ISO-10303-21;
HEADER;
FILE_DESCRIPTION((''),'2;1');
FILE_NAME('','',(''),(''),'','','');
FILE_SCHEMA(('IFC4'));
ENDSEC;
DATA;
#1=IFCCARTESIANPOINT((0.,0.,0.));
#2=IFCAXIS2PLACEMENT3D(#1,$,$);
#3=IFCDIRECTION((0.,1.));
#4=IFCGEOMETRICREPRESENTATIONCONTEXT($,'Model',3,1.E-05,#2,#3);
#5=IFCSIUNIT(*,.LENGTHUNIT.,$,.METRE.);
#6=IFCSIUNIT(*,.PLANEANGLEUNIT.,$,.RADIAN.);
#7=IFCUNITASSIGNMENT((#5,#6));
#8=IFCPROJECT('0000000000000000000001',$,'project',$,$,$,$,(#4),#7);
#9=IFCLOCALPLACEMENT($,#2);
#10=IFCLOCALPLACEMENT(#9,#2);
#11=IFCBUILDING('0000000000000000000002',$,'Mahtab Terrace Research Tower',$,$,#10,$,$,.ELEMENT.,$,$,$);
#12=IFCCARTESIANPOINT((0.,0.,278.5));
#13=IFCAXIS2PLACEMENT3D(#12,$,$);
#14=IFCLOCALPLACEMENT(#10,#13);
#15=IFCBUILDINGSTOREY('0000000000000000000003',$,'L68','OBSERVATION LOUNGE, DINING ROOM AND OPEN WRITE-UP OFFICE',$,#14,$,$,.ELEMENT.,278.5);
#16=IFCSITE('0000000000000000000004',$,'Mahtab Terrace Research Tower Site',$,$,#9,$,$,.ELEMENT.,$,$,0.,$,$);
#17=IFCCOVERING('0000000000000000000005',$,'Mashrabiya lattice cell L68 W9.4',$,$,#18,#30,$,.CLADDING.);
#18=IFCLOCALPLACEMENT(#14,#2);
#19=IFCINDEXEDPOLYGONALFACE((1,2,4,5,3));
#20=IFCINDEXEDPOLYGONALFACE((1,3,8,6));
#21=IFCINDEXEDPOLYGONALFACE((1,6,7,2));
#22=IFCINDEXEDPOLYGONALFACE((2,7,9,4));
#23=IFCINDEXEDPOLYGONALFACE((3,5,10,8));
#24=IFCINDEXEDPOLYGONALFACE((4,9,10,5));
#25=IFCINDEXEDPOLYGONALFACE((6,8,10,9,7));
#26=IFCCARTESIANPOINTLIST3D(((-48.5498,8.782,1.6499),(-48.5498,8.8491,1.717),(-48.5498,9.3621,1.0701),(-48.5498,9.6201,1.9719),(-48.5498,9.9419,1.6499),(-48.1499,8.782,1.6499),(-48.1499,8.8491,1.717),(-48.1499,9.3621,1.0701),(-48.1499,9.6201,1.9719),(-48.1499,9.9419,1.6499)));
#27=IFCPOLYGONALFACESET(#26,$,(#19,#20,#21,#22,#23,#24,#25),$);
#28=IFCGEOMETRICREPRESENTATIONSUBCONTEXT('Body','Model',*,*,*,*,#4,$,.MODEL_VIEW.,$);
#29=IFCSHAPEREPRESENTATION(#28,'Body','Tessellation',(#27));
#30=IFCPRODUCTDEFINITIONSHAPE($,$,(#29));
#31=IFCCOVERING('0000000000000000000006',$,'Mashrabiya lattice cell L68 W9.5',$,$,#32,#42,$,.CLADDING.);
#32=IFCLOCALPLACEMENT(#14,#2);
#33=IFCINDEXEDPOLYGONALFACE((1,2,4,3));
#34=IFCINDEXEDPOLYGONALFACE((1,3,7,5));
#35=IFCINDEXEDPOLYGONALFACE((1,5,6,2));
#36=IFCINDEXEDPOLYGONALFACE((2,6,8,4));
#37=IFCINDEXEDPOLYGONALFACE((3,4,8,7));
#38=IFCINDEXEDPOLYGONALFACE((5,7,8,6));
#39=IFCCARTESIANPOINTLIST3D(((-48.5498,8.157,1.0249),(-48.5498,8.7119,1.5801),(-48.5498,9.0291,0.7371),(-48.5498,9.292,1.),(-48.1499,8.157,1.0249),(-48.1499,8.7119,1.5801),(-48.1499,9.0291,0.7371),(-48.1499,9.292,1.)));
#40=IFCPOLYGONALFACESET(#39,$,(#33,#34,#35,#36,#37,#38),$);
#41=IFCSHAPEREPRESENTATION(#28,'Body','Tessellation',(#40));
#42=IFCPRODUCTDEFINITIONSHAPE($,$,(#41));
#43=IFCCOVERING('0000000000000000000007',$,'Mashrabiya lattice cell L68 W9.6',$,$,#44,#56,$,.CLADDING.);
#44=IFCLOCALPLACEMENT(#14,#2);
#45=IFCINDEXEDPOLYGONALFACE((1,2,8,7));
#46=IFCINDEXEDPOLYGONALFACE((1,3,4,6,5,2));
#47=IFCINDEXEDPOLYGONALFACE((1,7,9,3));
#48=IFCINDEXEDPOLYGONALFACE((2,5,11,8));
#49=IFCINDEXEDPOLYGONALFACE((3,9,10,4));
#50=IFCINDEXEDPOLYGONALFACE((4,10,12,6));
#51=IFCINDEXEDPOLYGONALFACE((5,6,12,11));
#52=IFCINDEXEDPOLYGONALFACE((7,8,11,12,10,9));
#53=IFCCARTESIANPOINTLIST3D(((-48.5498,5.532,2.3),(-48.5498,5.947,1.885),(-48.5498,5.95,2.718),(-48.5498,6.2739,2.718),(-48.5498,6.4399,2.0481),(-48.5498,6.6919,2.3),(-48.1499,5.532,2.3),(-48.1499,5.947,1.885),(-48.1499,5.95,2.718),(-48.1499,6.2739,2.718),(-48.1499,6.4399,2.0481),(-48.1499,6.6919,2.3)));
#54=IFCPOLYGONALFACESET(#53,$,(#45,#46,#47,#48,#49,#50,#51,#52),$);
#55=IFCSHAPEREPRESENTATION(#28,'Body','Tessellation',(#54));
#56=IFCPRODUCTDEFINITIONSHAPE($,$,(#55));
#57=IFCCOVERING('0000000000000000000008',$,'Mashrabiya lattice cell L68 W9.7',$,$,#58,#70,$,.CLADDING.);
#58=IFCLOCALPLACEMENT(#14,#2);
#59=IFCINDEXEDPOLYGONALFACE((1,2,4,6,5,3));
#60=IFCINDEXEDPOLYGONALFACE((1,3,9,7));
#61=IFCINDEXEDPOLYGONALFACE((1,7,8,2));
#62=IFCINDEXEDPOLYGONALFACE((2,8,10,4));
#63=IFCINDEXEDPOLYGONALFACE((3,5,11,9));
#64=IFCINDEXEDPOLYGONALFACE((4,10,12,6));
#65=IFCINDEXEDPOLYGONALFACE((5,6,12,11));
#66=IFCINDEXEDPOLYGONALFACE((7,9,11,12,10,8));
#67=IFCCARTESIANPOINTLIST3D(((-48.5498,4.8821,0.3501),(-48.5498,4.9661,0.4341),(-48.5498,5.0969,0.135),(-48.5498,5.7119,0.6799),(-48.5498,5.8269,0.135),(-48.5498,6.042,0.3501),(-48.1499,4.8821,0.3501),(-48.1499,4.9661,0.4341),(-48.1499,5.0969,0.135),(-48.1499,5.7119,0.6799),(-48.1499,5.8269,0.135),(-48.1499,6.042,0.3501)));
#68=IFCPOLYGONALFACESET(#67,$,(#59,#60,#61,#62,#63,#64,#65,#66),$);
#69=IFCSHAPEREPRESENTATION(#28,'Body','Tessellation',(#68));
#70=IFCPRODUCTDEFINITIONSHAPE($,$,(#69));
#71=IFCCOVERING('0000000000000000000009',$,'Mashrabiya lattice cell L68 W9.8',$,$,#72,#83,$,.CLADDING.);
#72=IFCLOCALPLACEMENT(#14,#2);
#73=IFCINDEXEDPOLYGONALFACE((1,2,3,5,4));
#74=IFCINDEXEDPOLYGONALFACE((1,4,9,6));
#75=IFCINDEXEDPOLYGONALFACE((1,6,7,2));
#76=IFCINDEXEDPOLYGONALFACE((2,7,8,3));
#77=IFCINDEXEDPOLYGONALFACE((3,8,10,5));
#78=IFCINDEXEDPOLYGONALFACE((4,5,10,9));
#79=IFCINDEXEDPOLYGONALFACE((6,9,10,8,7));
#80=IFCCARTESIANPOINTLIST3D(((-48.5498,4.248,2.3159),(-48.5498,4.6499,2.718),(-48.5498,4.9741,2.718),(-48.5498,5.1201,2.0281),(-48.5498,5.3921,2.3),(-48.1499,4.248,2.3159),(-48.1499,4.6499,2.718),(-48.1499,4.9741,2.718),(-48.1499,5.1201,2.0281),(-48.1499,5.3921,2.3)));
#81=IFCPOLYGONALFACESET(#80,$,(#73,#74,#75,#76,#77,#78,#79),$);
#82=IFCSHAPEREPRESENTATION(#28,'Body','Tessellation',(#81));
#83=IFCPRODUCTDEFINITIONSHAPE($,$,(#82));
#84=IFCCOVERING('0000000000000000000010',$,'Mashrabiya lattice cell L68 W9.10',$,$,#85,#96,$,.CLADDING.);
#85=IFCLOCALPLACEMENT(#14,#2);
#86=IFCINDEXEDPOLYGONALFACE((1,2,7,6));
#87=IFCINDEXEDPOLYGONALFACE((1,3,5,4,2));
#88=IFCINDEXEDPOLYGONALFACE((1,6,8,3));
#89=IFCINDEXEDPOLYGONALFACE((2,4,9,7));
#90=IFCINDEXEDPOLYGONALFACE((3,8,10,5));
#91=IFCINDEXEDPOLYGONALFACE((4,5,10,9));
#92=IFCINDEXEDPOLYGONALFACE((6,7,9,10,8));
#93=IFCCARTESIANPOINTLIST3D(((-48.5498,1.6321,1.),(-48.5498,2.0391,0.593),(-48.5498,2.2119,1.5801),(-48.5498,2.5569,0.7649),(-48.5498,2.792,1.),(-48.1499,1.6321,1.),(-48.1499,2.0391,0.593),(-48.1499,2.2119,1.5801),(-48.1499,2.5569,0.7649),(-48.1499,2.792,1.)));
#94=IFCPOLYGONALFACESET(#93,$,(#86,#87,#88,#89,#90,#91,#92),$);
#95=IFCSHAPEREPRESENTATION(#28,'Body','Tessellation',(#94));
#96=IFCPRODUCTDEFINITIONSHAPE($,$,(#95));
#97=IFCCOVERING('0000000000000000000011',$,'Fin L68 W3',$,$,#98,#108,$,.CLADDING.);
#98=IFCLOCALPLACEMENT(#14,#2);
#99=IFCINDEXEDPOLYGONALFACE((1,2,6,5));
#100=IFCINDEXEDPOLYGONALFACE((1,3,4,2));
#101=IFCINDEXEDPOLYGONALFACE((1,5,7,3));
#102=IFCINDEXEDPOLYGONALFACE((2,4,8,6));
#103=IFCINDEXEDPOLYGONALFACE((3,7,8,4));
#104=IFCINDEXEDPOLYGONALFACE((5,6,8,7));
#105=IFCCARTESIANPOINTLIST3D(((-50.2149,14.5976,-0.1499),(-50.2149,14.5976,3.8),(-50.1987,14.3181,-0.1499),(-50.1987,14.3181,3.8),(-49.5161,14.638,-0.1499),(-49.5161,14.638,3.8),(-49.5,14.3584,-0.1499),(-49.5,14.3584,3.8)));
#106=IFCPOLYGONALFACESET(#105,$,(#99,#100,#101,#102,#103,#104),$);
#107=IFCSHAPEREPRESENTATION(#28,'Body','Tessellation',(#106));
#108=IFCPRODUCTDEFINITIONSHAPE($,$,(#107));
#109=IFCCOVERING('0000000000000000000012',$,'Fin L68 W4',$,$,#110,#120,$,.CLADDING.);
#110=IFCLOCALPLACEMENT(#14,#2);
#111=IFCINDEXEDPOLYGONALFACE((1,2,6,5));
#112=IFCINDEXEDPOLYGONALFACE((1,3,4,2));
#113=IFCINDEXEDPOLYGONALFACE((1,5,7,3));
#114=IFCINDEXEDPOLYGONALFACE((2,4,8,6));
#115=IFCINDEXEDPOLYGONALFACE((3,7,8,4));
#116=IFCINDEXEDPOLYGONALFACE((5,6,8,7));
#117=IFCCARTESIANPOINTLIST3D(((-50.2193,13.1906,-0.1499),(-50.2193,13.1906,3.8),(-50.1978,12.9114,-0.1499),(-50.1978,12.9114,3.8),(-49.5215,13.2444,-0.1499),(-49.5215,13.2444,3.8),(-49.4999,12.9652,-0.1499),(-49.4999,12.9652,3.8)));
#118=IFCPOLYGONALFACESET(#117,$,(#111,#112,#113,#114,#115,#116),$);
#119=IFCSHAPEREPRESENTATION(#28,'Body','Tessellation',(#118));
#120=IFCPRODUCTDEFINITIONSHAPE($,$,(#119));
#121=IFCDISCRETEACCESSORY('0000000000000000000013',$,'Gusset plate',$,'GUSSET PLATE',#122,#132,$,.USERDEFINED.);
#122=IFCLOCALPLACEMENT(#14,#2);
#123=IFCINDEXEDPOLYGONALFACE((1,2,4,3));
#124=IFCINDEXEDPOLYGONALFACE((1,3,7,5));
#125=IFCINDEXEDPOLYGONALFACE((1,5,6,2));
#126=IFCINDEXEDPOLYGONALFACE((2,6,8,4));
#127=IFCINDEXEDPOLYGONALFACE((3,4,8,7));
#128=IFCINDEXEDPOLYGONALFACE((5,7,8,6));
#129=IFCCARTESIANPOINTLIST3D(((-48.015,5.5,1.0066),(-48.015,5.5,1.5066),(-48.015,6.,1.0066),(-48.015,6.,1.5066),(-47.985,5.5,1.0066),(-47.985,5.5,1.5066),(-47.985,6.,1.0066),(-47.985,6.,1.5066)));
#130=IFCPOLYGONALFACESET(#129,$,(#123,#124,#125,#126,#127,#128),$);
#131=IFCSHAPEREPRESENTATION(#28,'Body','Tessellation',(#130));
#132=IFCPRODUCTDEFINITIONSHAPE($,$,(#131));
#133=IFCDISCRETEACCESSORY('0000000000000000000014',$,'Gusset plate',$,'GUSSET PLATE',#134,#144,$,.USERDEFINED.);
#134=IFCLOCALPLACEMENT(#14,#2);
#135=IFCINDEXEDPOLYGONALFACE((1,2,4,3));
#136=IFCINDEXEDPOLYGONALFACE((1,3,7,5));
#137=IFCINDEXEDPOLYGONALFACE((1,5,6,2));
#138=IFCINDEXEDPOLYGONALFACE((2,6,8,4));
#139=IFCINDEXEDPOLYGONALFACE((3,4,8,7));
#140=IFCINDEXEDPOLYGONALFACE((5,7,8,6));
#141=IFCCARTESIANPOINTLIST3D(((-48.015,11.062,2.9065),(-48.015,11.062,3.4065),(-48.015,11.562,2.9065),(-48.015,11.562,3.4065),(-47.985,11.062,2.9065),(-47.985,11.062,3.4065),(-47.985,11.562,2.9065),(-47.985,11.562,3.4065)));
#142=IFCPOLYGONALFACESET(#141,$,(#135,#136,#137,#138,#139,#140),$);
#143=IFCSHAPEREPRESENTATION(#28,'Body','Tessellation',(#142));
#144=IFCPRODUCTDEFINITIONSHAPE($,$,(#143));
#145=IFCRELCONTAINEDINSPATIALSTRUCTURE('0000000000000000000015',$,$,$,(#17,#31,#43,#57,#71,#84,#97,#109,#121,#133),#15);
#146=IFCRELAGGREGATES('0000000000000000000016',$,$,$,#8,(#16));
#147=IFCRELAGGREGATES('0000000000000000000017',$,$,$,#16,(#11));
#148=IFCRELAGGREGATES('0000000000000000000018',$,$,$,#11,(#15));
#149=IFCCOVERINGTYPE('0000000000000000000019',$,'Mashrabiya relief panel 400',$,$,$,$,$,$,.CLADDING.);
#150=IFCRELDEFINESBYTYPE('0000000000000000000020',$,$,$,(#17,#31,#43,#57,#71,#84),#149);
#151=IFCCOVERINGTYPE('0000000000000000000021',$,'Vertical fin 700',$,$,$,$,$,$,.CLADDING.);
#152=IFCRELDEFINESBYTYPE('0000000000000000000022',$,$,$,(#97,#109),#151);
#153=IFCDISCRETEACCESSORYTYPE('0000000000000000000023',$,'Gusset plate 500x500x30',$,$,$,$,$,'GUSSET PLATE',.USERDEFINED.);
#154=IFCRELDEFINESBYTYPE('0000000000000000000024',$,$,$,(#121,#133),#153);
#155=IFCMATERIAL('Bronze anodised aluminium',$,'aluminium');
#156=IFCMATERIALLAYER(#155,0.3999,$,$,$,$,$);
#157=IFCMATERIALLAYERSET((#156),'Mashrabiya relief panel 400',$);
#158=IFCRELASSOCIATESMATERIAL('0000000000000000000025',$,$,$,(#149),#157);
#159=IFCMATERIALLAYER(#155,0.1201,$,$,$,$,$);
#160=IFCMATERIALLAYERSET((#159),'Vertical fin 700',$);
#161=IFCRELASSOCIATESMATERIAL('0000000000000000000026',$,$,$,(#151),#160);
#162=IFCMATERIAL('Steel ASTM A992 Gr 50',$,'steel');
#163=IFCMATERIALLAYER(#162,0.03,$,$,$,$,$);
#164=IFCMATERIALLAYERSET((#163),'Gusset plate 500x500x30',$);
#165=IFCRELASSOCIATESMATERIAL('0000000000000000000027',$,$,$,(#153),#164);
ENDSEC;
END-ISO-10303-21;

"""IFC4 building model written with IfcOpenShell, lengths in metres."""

from ifc_helpers import new_model, si_unit, direction, frame, origin, origin_2d, place, context, subcontext, project, spatial, polyline, rectangle, outline, extrude, material, layer, layer_set, type_object, element, save


model = new_model("IFC4")

# Units and contexts
model_context = context("Model", 3, precision=1e-05, world=origin(), true_north=direction((0.0, 1.0)))
body_context = subcontext(model_context, "Body", "Model", "MODEL_VIEW")
ifc_project = project(units=[si_unit("LENGTHUNIT", "METRE"), si_unit("PLANEANGLEUNIT", "RADIAN")], contexts=[model_context])

# Site, building, storey
site_placement = place(None, origin())
site = spatial("IfcSite", under=ifc_project, at=site_placement, Name="Mahtab Terrace Research Tower Site", CompositionType="ELEMENT", RefElevation=0.0)
building_placement = place(site_placement, origin())
building = spatial("IfcBuilding", under=site, at=building_placement, Name="Mahtab Terrace Research Tower", CompositionType="ELEMENT")
storey_placement = place(building_placement, frame((0.0, 0.0, 278.5)))
storey = spatial("IfcBuildingStorey", under=building, at=storey_placement, Name="L68", Description="OBSERVATION LOUNGE, DINING ROOM AND OPEN WRITE-UP OFFICE", CompositionType="ELEMENT", Elevation=278.5)

# Shared definitions
ifc_material_1 = material(Name="Steel ASTM A992 Gr 50", Category="steel")

# Coverings
ifc_material_2 = material(Name="Bronze anodised aluminium", Category="aluminium")
ifc_layer_1 = layer(ifc_material_2, 0.3999)
ifc_layer_set_1 = layer_set([ifc_layer_1], Name="Mashrabiya relief panel 400")
covering_type_1 = type_object("IfcCoveringType", Name="Mashrabiya relief panel 400", PredefinedType="CLADDING", material=ifc_layer_set_1)
covering_1_placement = place(storey_placement, frame((-48.1499, 8.782, 1.6499), z_axis=(1.0, 0.0, 0.0), x_axis=(0.0, 0.707256, -0.706958)))
element("IfcCovering", 1, at=covering_1_placement, inside=storey, type_object=covering_type_1, Name="Mashrabiya lattice cell L68 W9.4", PredefinedType="CLADDING", context=body_context, shape_type="SweptSolid", body=[
    extrude(outline(polyline([(0.0, 0.0), (0.8202, 0.0), (0.8204, 0.82), (0.3651, 0.8203), (0.0, 0.0949), (0.0, 0.0)])), origin(), (0.0, 0.0, -1.0), 0.3999),
])
covering_2_placement = place(storey_placement, frame((-48.1499, 9.292, 1.0), z_axis=(1.0, 0.0, 0.0), x_axis=(0.0, -0.707107, 0.707107)))
element("IfcCovering", 2, at=covering_2_placement, inside=storey, type_object=covering_type_1, Name="Mashrabiya lattice cell L68 W9.5", PredefinedType="CLADDING", context=body_context, shape_type="SweptSolid", body=[
    extrude(outline(polyline([(0.0, 0.0), (0.8204, 0.0), (0.8202, 0.785), (0.0, 0.3719), (0.0, 0.0)])), origin(), (0.0, 0.0, -1.0), 0.3999),
])
covering_3_placement = place(storey_placement, frame((-48.1499, 6.6919, 2.3), z_axis=(1.0, 0.0, 0.0), x_axis=(0.0, -0.707107, 0.707107)))
element("IfcCovering", 3, at=covering_3_placement, inside=storey, type_object=covering_type_1, Name="Mashrabiya lattice cell L68 W9.6", PredefinedType="CLADDING", context=body_context, shape_type="SweptSolid", body=[
    extrude(outline(polyline([(0.0, 0.0), (0.5911, 0.0), (0.8202, 0.2291), (0.8202, 0.8202), (0.2332, 0.8202), (0.0, 0.3563), (0.0, 0.0)])), origin(), (0.0, 0.0, -1.0), 0.3999),
])
covering_4_placement = place(storey_placement, frame((-48.1499, 6.042, 0.3501), z_axis=(1.0, 0.0, 0.0), x_axis=(0.0, -0.707368, 0.706845)))
element("IfcCovering", 4, at=covering_4_placement, inside=storey, type_object=covering_type_1, Name="Mashrabiya lattice cell L68 W9.7", PredefinedType="CLADDING", context=body_context, shape_type="SweptSolid", body=[
    extrude(outline(polyline([(0.0, 0.0), (0.4666, 0.0), (0.8204, 0.7011), (0.8205, 0.8199), (0.5165, 0.8202), (0.0001, 0.3042), (0.0, 0.0)])), origin(), (0.0, 0.0, -1.0), 0.3999),
])
covering_5_placement = place(storey_placement, frame((-48.1499, 5.3921, 2.3), z_axis=(1.0, 0.0, 0.0), x_axis=(0.0, -0.707107, 0.707107)))
element("IfcCovering", 5, at=covering_5_placement, inside=storey, type_object=covering_type_1, Name="Mashrabiya lattice cell L68 W9.8", PredefinedType="CLADDING", context=body_context, shape_type="SweptSolid", body=[
    extrude(outline(polyline([(0.0, 0.0), (0.5911, 0.0), (0.8204, 0.2293), (0.8202, 0.7977), (0.0, 0.3846), (0.0, 0.0)])), origin(), (0.0, 0.0, -1.0), 0.3999),
])
covering_6_placement = place(storey_placement, frame((-48.1499, 2.792, 1.0), z_axis=(1.0, 0.0, 0.0), x_axis=(0.0, -0.707107, 0.707107)))
element("IfcCovering", 6, at=covering_6_placement, inside=storey, type_object=covering_type_1, Name="Mashrabiya lattice cell L68 W9.10", PredefinedType="CLADDING", context=body_context, shape_type="SweptSolid", body=[
    extrude(outline(polyline([(0.0, 0.0), (0.8204, 0.0), (0.8202, 0.8202), (0.2446, 0.8202), (0.0, 0.3325), (0.0, 0.0)])), origin(), (0.0, 0.0, -1.0), 0.3999),
])
ifc_layer_2 = layer(ifc_material_2, 0.1201)
ifc_layer_set_2 = layer_set([ifc_layer_2], Name="Vertical fin 700")
covering_type_2 = type_object("IfcCoveringType", Name="Vertical fin 700", PredefinedType="CLADDING", material=ifc_layer_set_2)
for number, where, z_axis, x_axis, name in (
    (7, (-49.8574, 14.478, -0.1499), (0.0, 0.0, 1.0), (0.057696, -0.998334, 0.0), "Fin L68 W3"),
    (8, (-49.8596, 13.0779, -0.1499), (0.0, 0.0, 1.0), (0.07694, -0.997036, 0.0), "Fin L68 W4"),
):
    element("IfcCovering", number, at=place(storey_placement, frame(where, z_axis=z_axis, x_axis=x_axis)), inside=storey, type_object=covering_type_2, Name=name, PredefinedType="CLADDING", context=body_context, shape_type="SweptSolid", body=[
        extrude(rectangle(XDim=0.28, YDim=0.7, at=origin_2d()), origin(), (0.0, 0.0, 1.0), 3.95),
    ])

# Discrete accessories
ifc_layer_3 = layer(ifc_material_1, 0.03)
ifc_layer_set_3 = layer_set([ifc_layer_3], Name="Gusset plate 500x500x30")
discrete_accessory_type = type_object("IfcDiscreteAccessoryType", Name="Gusset plate 500x500x30", ElementType="GUSSET PLATE", PredefinedType="USERDEFINED", material=ifc_layer_set_3)
for number, where, z_axis, x_axis, name in (
    (9, (-48.0, 5.75, 1.0066), (0.0, 0.0, 1.0), (0.0, 1.0, 0.0), "Gusset plate"),
    (10, (-48.0, 11.312, 2.9065), (0.0, 0.0, 1.0), (0.0, 1.0, 0.0), "Gusset plate"),
):
    element("IfcDiscreteAccessory", number, at=place(storey_placement, frame(where, z_axis=z_axis, x_axis=x_axis)), inside=storey, type_object=discrete_accessory_type, Name=name, ObjectType="GUSSET PLATE", PredefinedType="USERDEFINED", context=body_context, shape_type="SweptSolid", body=[
        extrude(rectangle(XDim=0.5, YDim=0.03, at=origin_2d()), origin(), (0.0, 0.0, 1.0), 0.5),
    ])

save(model, "model.ifc")
